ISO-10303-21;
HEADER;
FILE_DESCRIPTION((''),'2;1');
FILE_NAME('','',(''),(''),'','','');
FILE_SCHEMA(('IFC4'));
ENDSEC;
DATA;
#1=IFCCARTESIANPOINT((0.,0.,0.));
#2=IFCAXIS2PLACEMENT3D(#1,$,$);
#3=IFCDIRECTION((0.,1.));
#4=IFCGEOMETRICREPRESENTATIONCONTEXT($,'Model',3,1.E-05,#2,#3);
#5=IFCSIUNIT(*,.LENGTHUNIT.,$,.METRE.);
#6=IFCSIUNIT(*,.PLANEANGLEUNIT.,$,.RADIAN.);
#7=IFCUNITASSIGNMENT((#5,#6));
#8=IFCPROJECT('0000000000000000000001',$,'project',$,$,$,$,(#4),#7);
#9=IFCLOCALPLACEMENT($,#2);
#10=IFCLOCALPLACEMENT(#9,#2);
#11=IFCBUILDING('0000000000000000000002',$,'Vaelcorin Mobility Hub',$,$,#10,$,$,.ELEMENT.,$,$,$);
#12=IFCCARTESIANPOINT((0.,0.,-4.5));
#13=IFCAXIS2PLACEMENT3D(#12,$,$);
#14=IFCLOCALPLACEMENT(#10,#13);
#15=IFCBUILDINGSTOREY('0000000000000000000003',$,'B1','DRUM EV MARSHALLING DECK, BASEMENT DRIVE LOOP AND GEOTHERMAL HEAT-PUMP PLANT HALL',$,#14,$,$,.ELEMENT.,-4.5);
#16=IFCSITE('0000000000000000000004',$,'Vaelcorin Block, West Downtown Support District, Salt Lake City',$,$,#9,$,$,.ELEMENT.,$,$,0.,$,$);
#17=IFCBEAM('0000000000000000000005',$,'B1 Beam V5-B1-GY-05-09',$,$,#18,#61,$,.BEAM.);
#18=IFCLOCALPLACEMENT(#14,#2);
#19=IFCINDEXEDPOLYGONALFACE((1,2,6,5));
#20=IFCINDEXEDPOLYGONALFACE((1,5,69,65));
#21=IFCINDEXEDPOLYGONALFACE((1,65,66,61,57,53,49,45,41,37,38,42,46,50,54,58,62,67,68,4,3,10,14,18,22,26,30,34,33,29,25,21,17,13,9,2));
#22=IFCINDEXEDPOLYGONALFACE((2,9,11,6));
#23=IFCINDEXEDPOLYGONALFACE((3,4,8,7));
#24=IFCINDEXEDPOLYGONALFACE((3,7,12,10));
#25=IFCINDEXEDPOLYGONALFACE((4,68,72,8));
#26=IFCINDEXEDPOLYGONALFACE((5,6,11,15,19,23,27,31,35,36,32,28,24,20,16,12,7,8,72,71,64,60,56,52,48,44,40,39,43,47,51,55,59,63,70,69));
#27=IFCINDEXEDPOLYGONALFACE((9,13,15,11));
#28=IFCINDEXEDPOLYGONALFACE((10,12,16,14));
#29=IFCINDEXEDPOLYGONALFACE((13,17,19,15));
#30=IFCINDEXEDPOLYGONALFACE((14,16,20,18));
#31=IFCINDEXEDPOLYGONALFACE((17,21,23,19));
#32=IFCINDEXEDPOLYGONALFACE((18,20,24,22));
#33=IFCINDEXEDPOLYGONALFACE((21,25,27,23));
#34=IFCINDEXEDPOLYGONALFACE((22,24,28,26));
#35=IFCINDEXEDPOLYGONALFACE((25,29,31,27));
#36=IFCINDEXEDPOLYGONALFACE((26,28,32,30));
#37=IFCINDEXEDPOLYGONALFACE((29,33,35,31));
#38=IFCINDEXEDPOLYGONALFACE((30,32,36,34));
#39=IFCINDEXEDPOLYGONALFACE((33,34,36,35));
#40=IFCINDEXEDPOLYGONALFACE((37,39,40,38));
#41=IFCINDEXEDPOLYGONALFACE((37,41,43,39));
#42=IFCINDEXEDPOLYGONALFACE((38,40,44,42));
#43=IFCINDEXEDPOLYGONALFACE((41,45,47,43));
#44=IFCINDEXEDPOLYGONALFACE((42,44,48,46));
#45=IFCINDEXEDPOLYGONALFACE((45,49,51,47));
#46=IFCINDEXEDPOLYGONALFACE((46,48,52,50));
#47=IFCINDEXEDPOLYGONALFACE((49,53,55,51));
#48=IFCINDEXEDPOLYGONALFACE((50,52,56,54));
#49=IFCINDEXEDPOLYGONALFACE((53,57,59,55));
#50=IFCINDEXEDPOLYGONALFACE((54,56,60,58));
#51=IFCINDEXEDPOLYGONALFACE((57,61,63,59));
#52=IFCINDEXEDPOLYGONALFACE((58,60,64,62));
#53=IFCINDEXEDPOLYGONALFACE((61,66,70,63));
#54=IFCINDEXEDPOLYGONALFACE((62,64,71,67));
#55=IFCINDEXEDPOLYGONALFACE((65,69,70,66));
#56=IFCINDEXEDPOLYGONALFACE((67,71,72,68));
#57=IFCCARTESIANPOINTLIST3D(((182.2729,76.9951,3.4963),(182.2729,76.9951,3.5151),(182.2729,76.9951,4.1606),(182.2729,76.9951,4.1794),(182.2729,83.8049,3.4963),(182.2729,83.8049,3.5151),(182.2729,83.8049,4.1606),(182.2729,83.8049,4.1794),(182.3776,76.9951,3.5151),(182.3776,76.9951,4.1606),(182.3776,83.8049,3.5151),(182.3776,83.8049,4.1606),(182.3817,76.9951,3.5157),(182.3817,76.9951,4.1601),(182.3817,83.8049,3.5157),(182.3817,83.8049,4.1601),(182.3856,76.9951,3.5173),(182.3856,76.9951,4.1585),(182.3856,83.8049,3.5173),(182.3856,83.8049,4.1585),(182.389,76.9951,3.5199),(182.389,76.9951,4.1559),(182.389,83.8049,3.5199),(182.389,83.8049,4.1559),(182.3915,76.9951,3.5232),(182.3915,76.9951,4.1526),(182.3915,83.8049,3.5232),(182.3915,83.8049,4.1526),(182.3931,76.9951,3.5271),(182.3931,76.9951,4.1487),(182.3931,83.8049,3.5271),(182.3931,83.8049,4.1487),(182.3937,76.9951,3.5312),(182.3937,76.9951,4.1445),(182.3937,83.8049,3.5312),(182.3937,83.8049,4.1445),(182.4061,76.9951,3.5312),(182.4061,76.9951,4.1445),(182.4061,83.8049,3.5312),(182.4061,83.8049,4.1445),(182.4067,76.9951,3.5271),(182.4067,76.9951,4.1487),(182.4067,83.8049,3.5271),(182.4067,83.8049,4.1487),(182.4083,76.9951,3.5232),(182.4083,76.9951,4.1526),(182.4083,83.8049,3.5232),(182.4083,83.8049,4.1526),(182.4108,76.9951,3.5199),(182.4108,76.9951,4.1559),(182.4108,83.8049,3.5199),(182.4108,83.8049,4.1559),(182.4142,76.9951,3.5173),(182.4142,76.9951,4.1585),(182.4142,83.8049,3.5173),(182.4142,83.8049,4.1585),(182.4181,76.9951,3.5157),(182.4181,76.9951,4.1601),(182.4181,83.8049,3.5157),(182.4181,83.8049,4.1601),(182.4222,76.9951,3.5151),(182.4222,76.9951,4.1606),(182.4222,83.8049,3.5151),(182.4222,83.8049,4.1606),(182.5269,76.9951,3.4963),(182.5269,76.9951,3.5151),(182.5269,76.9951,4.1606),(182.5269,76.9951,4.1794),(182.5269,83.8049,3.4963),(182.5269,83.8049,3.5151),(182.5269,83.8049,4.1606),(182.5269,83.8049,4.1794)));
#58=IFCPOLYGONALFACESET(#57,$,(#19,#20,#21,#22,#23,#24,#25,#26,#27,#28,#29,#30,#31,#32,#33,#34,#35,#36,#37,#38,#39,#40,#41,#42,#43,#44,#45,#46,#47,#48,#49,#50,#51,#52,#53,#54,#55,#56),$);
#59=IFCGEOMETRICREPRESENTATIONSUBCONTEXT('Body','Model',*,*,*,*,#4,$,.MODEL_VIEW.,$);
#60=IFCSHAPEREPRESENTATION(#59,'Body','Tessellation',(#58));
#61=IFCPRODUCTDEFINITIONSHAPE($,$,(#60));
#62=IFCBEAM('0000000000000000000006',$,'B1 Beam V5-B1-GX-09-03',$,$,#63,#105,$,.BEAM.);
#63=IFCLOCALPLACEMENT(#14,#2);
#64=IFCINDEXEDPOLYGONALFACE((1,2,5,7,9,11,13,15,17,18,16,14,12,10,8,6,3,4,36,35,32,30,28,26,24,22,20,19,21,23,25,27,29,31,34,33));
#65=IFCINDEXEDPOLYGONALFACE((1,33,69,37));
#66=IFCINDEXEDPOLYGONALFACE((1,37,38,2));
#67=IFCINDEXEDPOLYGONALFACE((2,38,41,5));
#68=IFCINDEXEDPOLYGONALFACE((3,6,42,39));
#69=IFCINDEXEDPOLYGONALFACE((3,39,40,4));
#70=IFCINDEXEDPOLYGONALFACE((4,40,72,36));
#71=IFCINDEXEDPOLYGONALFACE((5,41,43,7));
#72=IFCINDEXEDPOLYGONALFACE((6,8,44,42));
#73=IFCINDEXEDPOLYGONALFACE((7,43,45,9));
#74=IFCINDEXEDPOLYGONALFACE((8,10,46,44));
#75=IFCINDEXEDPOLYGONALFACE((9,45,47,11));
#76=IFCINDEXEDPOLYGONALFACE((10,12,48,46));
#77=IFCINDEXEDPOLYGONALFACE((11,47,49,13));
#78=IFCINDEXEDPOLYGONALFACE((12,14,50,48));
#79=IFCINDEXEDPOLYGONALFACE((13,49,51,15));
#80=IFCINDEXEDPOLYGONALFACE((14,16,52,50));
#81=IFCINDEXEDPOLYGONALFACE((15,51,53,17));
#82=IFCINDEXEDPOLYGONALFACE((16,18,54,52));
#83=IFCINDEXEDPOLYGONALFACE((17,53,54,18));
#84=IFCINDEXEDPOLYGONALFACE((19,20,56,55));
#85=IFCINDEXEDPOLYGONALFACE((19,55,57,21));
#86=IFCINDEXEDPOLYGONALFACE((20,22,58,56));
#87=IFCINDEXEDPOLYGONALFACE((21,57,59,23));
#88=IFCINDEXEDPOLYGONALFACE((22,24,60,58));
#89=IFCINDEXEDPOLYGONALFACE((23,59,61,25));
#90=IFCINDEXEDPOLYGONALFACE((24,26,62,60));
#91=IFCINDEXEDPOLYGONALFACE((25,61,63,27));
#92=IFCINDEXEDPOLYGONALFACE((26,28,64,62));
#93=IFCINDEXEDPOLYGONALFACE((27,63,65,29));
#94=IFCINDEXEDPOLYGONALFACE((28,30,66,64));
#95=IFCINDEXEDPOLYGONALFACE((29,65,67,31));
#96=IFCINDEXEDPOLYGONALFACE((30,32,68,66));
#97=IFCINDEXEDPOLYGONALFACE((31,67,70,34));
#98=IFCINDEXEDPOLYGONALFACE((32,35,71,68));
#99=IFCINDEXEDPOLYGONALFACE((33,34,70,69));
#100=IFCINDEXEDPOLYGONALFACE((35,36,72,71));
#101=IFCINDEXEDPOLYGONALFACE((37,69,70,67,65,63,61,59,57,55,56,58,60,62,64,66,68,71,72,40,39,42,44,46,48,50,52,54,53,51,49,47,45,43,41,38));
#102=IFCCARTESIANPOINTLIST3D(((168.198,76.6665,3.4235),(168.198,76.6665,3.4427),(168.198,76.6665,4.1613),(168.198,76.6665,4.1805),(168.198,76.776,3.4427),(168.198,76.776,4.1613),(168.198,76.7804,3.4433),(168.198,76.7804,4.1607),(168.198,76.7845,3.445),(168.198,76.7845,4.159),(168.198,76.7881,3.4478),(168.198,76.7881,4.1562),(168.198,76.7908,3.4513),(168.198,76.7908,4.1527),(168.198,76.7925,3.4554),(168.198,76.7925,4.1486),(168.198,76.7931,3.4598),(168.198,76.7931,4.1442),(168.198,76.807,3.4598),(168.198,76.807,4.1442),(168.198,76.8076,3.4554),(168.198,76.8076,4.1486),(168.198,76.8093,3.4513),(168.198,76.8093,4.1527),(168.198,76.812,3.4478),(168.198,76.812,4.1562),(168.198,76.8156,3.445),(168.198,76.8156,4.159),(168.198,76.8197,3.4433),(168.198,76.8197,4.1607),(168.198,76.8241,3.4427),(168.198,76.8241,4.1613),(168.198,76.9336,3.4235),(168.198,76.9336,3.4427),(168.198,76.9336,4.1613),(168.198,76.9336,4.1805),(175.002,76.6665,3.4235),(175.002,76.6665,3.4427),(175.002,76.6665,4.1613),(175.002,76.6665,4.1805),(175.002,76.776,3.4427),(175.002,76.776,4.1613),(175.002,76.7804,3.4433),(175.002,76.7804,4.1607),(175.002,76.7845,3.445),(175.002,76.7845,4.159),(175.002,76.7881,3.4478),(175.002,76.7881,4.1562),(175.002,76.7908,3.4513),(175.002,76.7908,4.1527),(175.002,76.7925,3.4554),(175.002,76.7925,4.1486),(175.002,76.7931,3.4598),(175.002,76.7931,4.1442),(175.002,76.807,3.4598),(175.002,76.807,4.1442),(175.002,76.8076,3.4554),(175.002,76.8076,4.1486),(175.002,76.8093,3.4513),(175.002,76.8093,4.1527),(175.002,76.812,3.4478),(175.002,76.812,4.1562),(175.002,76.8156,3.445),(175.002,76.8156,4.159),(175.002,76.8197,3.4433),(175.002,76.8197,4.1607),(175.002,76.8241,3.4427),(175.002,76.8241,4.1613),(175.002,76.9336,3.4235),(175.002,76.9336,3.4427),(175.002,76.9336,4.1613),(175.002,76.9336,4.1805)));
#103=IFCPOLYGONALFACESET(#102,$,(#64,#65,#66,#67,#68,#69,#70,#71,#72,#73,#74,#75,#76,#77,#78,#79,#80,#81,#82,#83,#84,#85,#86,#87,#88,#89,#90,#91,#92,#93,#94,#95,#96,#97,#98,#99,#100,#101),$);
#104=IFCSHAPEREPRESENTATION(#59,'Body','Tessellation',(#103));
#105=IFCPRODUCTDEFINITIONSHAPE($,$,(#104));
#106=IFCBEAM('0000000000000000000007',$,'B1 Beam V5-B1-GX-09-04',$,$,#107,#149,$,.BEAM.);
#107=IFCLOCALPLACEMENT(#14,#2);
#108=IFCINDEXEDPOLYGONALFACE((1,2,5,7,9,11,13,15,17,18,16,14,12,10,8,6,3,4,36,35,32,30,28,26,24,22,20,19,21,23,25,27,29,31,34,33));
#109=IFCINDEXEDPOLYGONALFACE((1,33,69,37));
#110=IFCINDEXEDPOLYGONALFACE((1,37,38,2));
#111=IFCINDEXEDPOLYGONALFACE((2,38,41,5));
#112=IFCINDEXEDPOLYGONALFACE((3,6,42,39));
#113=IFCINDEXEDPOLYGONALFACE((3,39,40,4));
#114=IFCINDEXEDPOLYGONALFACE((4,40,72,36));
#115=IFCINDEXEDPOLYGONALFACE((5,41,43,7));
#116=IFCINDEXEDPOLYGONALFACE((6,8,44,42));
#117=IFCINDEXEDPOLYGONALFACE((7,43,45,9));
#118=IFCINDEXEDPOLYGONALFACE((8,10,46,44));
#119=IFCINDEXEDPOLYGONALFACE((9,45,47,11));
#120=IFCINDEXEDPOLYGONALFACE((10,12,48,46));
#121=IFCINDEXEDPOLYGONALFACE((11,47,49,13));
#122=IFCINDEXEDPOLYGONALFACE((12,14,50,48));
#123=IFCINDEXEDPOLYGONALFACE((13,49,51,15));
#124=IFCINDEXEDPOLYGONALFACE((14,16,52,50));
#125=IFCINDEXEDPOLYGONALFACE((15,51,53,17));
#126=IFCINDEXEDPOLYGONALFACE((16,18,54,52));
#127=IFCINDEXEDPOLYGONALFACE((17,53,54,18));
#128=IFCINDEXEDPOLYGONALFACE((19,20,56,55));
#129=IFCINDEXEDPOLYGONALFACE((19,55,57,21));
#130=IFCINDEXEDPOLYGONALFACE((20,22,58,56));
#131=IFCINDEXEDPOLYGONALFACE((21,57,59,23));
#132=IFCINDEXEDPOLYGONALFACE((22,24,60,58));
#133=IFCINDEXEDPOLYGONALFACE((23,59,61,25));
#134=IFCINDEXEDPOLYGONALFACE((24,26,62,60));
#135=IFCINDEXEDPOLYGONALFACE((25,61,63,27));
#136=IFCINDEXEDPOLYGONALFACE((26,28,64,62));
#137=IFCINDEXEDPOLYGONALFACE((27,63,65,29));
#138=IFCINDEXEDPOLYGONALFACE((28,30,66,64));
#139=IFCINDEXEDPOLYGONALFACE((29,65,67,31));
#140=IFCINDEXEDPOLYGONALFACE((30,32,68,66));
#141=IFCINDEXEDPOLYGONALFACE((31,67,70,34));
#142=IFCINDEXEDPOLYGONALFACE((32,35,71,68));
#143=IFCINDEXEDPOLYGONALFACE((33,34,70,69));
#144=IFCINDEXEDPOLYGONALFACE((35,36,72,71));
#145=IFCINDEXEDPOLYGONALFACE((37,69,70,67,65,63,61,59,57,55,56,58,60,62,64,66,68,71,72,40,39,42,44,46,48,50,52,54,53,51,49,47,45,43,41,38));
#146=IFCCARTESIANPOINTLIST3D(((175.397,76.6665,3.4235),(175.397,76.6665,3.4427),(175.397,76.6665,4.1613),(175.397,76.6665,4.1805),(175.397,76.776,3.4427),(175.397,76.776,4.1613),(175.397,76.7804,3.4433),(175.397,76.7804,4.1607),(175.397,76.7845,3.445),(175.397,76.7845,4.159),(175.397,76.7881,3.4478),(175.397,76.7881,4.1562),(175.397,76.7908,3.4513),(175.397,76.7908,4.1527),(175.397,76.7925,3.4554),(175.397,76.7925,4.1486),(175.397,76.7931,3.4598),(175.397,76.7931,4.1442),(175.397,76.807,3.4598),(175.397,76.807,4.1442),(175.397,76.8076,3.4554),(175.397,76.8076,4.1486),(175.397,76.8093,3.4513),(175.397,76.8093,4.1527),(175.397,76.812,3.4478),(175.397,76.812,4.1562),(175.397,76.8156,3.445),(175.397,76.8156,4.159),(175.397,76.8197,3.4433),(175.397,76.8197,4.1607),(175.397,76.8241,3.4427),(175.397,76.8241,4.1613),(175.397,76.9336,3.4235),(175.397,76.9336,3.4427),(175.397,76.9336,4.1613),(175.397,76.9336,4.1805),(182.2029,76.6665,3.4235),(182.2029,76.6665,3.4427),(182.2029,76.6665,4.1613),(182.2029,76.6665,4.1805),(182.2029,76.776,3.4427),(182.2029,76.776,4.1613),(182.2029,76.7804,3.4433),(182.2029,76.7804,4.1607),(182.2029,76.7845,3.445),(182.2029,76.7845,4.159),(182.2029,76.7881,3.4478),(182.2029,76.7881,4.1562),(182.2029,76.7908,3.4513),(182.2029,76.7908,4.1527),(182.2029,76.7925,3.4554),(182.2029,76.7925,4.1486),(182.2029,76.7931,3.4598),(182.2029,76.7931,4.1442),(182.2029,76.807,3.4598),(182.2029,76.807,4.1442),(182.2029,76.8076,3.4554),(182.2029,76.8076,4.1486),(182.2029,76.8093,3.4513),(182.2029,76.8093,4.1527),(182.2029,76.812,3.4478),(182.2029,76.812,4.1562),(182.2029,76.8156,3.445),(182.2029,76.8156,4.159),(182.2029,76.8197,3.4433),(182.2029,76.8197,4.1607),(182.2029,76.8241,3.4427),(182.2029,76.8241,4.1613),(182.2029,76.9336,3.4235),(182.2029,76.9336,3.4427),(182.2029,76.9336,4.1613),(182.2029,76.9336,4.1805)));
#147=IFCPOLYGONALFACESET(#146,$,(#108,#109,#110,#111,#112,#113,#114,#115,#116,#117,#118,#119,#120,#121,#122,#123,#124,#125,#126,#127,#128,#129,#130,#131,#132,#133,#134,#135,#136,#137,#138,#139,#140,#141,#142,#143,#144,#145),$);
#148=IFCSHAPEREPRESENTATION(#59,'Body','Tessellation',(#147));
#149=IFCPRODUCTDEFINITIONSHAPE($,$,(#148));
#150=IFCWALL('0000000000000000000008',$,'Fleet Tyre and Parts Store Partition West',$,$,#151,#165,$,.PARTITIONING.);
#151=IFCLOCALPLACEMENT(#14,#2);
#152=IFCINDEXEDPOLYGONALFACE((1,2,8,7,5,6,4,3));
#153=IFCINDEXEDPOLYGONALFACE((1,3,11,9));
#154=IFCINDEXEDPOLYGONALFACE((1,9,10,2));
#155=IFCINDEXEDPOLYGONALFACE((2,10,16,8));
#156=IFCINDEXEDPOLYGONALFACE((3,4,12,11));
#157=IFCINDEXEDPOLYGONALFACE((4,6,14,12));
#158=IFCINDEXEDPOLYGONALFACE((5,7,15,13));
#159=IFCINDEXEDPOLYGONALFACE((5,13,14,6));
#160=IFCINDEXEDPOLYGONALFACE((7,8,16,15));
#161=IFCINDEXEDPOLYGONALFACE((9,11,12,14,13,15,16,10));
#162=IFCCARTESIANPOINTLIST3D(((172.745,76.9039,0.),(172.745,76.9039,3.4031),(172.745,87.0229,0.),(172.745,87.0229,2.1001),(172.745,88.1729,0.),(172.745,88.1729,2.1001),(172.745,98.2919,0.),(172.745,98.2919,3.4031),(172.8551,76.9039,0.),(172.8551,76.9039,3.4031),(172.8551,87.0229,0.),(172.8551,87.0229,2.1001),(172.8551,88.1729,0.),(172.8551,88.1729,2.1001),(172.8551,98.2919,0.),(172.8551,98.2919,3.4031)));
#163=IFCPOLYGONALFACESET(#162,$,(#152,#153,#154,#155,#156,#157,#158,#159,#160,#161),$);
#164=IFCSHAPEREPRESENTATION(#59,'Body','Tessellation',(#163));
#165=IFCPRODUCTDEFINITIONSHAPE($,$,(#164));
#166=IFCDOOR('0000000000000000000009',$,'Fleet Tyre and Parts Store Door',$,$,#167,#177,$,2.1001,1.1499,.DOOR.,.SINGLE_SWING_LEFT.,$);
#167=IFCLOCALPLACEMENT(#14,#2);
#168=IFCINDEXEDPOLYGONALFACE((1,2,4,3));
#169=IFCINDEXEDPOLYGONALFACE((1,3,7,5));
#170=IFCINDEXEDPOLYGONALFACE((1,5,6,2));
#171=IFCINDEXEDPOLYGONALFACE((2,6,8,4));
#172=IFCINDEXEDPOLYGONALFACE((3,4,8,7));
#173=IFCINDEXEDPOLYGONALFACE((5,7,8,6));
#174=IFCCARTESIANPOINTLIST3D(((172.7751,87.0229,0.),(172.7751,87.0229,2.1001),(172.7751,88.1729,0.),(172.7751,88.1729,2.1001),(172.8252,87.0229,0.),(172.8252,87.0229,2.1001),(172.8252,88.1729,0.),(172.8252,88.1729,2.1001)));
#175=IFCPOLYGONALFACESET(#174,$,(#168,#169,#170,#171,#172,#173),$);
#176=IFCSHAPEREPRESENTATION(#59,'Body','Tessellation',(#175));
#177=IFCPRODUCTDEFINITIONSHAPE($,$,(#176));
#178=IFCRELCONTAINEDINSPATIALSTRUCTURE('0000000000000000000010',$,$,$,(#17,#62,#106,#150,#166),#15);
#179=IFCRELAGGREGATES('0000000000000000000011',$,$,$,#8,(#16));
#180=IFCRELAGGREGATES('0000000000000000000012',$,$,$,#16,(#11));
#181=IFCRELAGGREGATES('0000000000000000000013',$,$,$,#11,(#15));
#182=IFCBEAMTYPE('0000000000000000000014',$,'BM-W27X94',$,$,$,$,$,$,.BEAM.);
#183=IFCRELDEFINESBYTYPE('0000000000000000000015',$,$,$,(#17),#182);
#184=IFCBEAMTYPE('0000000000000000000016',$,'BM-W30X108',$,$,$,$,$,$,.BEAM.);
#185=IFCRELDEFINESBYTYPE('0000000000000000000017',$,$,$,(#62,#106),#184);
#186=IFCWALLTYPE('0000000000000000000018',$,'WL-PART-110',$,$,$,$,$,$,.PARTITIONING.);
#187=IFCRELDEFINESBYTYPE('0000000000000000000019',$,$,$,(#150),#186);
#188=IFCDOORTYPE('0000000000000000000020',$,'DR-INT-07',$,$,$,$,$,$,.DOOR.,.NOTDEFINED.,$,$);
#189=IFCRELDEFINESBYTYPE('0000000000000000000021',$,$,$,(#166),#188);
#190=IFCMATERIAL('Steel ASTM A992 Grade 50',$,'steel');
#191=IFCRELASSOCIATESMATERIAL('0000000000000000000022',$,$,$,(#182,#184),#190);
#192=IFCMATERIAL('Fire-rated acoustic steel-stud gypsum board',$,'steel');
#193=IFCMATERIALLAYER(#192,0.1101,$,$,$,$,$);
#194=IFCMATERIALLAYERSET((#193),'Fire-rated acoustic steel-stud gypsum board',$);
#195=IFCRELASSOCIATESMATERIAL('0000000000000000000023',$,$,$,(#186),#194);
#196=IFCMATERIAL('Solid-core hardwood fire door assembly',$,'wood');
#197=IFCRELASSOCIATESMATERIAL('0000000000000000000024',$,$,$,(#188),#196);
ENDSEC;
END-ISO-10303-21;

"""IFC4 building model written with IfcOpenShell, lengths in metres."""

from ifc_helpers import new_model, si_unit, direction, frame, frame_2d, origin, origin_2d, place, context, subcontext, project, spatial, rectangle, i_section, extrude, material, layer, layer_set, material_profile, profile_set, type_object, element, fill, save


model = new_model("IFC4")

# Units and contexts
model_context = context("Model", 3, precision=1e-05, world=origin(), true_north=direction((0.0, 1.0)))
body_context = subcontext(model_context, "Body", "Model", "MODEL_VIEW")
ifc_project = project(units=[si_unit("LENGTHUNIT", "METRE"), si_unit("PLANEANGLEUNIT", "RADIAN")], contexts=[model_context])

# Site, building, storey
site_placement = place(None, origin())
site = spatial("IfcSite", under=ifc_project, at=site_placement, Name="Vaelcorin Block, West Downtown Support District, Salt Lake City", CompositionType="ELEMENT", RefElevation=0.0)
building_placement = place(site_placement, origin())
building = spatial("IfcBuilding", under=site, at=building_placement, Name="Vaelcorin Mobility Hub", CompositionType="ELEMENT")
storey_placement = place(building_placement, frame((0.0, 0.0, -4.5)))
storey = spatial("IfcBuildingStorey", under=building, at=storey_placement, Name="B1", Description="DRUM EV MARSHALLING DECK, BASEMENT DRIVE LOOP AND GEOTHERMAL HEAT-PUMP PLANT HALL", CompositionType="ELEMENT", Elevation=-4.5)

# Shared definitions
ifc_material_1 = material(Name="Steel ASTM A992 Grade 50", Category="steel")

# Beams
ifc_material_profile_1 = material_profile(ifc_material_1, i_section(OverallWidth=0.2539, OverallDepth=0.6831, WebThickness=0.0125, FlangeThickness=0.0188, FilletRadius=0.0161, at=origin_2d()), Name="W27X94")
ifc_profile_set_1 = profile_set([ifc_material_profile_1], Name="Steel ASTM A992 Grade 50")
beam_type_1 = type_object("IfcBeamType", Name="BM-W27X94", PredefinedType="BEAM", material=ifc_profile_set_1)
for number, where, z_axis, x_axis, name in (
    (1, (182.3999, 76.9951, 3.8379), (0.0, 1.0, 0.0), (-1.0, 0.0, 0.0), "B1 Beam V5-B1-GY-05-09"),
):
    element("IfcBeam", number, at=place(storey_placement, frame(where, z_axis=z_axis, x_axis=x_axis)), inside=storey, type_object=beam_type_1, Name=name, PredefinedType="BEAM", context=body_context, shape_type="SweptSolid", body=[
        extrude(i_section(OverallWidth=0.2539, OverallDepth=0.6831, WebThickness=0.0125, FlangeThickness=0.0188, FilletRadius=0.0161, at=origin_2d()), origin(), (0.0, 0.0, 1.0), 6.8098),
    ])
ifc_material_profile_2 = material_profile(ifc_material_1, i_section(OverallWidth=0.2671, OverallDepth=0.7571, WebThickness=0.0139, FlangeThickness=0.0193, FilletRadius=0.0171, at=origin_2d()), Name="W30X108")
ifc_profile_set_2 = profile_set([ifc_material_profile_2], Name="Steel ASTM A992 Grade 50")
beam_type_2 = type_object("IfcBeamType", Name="BM-W30X108", PredefinedType="BEAM", material=ifc_profile_set_2)
beam_1_placement = place(storey_placement, frame((168.198, 76.8, 3.802), z_axis=(1.0, 0.0, 0.0), x_axis=(0.0, 1.0, 0.0)))
element("IfcBeam", 2, at=beam_1_placement, inside=storey, type_object=beam_type_2, Name="B1 Beam V5-B1-GX-09-03", PredefinedType="BEAM", context=body_context, shape_type="SweptSolid", body=[
    extrude(i_section(OverallWidth=0.2671, OverallDepth=0.7571, WebThickness=0.0139, FlangeThickness=0.0193, FilletRadius=0.0171, at=origin_2d()), origin(), (0.0, 0.0, 1.0), 6.804),
])
beam_2_placement = place(storey_placement, frame((175.397, 76.8, 3.802), z_axis=(1.0, 0.0, 0.0), x_axis=(0.0, 1.0, 0.0)))
element("IfcBeam", 3, at=beam_2_placement, inside=storey, type_object=beam_type_2, Name="B1 Beam V5-B1-GX-09-04", PredefinedType="BEAM", context=body_context, shape_type="SweptSolid", body=[
    extrude(i_section(OverallWidth=0.2671, OverallDepth=0.7571, WebThickness=0.0139, FlangeThickness=0.0193, FilletRadius=0.0171, at=origin_2d()), origin(), (0.0, 0.0, 1.0), 6.8059),
])

# Wall, opening, door
ifc_material_2 = material(Name="Fire-rated acoustic steel-stud gypsum board", Category="steel")
ifc_layer_1 = layer(ifc_material_2, 0.1101)
ifc_layer_set_1 = layer_set([ifc_layer_1], Name="Fire-rated acoustic steel-stud gypsum board")
wall_type_1 = type_object("IfcWallType", Name="WL-PART-110", PredefinedType="PARTITIONING", material=ifc_layer_set_1)
wall_1_placement = place(storey_placement, frame((172.8, 76.9041, 0.0), z_axis=(0.0, 0.0, 1.0), x_axis=(0.0, 1.0, 0.0)))
wall_1 = element("IfcWall", 4, at=wall_1_placement, inside=storey, type_object=wall_type_1, Name="Fleet Tyre and Parts Store Partition West", PredefinedType="PARTITIONING", context=body_context, shape_type="SweptSolid", body=[
    extrude(rectangle(XDim=21.3879, YDim=0.1101, at=frame_2d((10.6938, 0.0))), origin(), (0.0, 0.0, 1.0), 3.4031),
])
opening_placement = place(wall_1_placement, frame((10.1189, 0.0, 0.0)))
opening = element("IfcOpeningElement", 5, at=opening_placement, cuts=wall_1, PredefinedType="OPENING", context=body_context, shape_type="SweptSolid", body=[
    extrude(rectangle(XDim=1.1499, YDim=2.1001, at=frame_2d((0.575, 1.05))), frame((0.0, 0.0649, 0.0), z_axis=(0.0, -1.0, 0.0), x_axis=(1.0, 0.0, 0.0)), (0.0, 0.0, 1.0), 0.1301),
])
ifc_material_3 = material(Name="Solid-core hardwood fire door assembly", Category="wood")
door_type = type_object("IfcDoorType", Name="DR-INT-07", OperationType="NOTDEFINED", PredefinedType="DOOR", material=ifc_material_3)
door_placement = place(opening_placement, origin())
door = element("IfcDoor", 6, at=door_placement, inside=storey, type_object=door_type, Name="Fleet Tyre and Parts Store Door", OperationType="SINGLE_SWING_LEFT", OverallHeight=2.1001, OverallWidth=1.1499, PredefinedType="DOOR", context=body_context, shape_type="SweptSolid", body=[
    extrude(rectangle(XDim=1.1499, YDim=2.1001, at=frame_2d((0.575, 1.05))), frame((0.0, 0.0249, 0.0), z_axis=(0.0, -1.0, 0.0), x_axis=(1.0, 0.0, 0.0)), (0.0, 0.0, 1.0), 0.05),
])
fill(opening, door)

save(model, "model.ifc")
